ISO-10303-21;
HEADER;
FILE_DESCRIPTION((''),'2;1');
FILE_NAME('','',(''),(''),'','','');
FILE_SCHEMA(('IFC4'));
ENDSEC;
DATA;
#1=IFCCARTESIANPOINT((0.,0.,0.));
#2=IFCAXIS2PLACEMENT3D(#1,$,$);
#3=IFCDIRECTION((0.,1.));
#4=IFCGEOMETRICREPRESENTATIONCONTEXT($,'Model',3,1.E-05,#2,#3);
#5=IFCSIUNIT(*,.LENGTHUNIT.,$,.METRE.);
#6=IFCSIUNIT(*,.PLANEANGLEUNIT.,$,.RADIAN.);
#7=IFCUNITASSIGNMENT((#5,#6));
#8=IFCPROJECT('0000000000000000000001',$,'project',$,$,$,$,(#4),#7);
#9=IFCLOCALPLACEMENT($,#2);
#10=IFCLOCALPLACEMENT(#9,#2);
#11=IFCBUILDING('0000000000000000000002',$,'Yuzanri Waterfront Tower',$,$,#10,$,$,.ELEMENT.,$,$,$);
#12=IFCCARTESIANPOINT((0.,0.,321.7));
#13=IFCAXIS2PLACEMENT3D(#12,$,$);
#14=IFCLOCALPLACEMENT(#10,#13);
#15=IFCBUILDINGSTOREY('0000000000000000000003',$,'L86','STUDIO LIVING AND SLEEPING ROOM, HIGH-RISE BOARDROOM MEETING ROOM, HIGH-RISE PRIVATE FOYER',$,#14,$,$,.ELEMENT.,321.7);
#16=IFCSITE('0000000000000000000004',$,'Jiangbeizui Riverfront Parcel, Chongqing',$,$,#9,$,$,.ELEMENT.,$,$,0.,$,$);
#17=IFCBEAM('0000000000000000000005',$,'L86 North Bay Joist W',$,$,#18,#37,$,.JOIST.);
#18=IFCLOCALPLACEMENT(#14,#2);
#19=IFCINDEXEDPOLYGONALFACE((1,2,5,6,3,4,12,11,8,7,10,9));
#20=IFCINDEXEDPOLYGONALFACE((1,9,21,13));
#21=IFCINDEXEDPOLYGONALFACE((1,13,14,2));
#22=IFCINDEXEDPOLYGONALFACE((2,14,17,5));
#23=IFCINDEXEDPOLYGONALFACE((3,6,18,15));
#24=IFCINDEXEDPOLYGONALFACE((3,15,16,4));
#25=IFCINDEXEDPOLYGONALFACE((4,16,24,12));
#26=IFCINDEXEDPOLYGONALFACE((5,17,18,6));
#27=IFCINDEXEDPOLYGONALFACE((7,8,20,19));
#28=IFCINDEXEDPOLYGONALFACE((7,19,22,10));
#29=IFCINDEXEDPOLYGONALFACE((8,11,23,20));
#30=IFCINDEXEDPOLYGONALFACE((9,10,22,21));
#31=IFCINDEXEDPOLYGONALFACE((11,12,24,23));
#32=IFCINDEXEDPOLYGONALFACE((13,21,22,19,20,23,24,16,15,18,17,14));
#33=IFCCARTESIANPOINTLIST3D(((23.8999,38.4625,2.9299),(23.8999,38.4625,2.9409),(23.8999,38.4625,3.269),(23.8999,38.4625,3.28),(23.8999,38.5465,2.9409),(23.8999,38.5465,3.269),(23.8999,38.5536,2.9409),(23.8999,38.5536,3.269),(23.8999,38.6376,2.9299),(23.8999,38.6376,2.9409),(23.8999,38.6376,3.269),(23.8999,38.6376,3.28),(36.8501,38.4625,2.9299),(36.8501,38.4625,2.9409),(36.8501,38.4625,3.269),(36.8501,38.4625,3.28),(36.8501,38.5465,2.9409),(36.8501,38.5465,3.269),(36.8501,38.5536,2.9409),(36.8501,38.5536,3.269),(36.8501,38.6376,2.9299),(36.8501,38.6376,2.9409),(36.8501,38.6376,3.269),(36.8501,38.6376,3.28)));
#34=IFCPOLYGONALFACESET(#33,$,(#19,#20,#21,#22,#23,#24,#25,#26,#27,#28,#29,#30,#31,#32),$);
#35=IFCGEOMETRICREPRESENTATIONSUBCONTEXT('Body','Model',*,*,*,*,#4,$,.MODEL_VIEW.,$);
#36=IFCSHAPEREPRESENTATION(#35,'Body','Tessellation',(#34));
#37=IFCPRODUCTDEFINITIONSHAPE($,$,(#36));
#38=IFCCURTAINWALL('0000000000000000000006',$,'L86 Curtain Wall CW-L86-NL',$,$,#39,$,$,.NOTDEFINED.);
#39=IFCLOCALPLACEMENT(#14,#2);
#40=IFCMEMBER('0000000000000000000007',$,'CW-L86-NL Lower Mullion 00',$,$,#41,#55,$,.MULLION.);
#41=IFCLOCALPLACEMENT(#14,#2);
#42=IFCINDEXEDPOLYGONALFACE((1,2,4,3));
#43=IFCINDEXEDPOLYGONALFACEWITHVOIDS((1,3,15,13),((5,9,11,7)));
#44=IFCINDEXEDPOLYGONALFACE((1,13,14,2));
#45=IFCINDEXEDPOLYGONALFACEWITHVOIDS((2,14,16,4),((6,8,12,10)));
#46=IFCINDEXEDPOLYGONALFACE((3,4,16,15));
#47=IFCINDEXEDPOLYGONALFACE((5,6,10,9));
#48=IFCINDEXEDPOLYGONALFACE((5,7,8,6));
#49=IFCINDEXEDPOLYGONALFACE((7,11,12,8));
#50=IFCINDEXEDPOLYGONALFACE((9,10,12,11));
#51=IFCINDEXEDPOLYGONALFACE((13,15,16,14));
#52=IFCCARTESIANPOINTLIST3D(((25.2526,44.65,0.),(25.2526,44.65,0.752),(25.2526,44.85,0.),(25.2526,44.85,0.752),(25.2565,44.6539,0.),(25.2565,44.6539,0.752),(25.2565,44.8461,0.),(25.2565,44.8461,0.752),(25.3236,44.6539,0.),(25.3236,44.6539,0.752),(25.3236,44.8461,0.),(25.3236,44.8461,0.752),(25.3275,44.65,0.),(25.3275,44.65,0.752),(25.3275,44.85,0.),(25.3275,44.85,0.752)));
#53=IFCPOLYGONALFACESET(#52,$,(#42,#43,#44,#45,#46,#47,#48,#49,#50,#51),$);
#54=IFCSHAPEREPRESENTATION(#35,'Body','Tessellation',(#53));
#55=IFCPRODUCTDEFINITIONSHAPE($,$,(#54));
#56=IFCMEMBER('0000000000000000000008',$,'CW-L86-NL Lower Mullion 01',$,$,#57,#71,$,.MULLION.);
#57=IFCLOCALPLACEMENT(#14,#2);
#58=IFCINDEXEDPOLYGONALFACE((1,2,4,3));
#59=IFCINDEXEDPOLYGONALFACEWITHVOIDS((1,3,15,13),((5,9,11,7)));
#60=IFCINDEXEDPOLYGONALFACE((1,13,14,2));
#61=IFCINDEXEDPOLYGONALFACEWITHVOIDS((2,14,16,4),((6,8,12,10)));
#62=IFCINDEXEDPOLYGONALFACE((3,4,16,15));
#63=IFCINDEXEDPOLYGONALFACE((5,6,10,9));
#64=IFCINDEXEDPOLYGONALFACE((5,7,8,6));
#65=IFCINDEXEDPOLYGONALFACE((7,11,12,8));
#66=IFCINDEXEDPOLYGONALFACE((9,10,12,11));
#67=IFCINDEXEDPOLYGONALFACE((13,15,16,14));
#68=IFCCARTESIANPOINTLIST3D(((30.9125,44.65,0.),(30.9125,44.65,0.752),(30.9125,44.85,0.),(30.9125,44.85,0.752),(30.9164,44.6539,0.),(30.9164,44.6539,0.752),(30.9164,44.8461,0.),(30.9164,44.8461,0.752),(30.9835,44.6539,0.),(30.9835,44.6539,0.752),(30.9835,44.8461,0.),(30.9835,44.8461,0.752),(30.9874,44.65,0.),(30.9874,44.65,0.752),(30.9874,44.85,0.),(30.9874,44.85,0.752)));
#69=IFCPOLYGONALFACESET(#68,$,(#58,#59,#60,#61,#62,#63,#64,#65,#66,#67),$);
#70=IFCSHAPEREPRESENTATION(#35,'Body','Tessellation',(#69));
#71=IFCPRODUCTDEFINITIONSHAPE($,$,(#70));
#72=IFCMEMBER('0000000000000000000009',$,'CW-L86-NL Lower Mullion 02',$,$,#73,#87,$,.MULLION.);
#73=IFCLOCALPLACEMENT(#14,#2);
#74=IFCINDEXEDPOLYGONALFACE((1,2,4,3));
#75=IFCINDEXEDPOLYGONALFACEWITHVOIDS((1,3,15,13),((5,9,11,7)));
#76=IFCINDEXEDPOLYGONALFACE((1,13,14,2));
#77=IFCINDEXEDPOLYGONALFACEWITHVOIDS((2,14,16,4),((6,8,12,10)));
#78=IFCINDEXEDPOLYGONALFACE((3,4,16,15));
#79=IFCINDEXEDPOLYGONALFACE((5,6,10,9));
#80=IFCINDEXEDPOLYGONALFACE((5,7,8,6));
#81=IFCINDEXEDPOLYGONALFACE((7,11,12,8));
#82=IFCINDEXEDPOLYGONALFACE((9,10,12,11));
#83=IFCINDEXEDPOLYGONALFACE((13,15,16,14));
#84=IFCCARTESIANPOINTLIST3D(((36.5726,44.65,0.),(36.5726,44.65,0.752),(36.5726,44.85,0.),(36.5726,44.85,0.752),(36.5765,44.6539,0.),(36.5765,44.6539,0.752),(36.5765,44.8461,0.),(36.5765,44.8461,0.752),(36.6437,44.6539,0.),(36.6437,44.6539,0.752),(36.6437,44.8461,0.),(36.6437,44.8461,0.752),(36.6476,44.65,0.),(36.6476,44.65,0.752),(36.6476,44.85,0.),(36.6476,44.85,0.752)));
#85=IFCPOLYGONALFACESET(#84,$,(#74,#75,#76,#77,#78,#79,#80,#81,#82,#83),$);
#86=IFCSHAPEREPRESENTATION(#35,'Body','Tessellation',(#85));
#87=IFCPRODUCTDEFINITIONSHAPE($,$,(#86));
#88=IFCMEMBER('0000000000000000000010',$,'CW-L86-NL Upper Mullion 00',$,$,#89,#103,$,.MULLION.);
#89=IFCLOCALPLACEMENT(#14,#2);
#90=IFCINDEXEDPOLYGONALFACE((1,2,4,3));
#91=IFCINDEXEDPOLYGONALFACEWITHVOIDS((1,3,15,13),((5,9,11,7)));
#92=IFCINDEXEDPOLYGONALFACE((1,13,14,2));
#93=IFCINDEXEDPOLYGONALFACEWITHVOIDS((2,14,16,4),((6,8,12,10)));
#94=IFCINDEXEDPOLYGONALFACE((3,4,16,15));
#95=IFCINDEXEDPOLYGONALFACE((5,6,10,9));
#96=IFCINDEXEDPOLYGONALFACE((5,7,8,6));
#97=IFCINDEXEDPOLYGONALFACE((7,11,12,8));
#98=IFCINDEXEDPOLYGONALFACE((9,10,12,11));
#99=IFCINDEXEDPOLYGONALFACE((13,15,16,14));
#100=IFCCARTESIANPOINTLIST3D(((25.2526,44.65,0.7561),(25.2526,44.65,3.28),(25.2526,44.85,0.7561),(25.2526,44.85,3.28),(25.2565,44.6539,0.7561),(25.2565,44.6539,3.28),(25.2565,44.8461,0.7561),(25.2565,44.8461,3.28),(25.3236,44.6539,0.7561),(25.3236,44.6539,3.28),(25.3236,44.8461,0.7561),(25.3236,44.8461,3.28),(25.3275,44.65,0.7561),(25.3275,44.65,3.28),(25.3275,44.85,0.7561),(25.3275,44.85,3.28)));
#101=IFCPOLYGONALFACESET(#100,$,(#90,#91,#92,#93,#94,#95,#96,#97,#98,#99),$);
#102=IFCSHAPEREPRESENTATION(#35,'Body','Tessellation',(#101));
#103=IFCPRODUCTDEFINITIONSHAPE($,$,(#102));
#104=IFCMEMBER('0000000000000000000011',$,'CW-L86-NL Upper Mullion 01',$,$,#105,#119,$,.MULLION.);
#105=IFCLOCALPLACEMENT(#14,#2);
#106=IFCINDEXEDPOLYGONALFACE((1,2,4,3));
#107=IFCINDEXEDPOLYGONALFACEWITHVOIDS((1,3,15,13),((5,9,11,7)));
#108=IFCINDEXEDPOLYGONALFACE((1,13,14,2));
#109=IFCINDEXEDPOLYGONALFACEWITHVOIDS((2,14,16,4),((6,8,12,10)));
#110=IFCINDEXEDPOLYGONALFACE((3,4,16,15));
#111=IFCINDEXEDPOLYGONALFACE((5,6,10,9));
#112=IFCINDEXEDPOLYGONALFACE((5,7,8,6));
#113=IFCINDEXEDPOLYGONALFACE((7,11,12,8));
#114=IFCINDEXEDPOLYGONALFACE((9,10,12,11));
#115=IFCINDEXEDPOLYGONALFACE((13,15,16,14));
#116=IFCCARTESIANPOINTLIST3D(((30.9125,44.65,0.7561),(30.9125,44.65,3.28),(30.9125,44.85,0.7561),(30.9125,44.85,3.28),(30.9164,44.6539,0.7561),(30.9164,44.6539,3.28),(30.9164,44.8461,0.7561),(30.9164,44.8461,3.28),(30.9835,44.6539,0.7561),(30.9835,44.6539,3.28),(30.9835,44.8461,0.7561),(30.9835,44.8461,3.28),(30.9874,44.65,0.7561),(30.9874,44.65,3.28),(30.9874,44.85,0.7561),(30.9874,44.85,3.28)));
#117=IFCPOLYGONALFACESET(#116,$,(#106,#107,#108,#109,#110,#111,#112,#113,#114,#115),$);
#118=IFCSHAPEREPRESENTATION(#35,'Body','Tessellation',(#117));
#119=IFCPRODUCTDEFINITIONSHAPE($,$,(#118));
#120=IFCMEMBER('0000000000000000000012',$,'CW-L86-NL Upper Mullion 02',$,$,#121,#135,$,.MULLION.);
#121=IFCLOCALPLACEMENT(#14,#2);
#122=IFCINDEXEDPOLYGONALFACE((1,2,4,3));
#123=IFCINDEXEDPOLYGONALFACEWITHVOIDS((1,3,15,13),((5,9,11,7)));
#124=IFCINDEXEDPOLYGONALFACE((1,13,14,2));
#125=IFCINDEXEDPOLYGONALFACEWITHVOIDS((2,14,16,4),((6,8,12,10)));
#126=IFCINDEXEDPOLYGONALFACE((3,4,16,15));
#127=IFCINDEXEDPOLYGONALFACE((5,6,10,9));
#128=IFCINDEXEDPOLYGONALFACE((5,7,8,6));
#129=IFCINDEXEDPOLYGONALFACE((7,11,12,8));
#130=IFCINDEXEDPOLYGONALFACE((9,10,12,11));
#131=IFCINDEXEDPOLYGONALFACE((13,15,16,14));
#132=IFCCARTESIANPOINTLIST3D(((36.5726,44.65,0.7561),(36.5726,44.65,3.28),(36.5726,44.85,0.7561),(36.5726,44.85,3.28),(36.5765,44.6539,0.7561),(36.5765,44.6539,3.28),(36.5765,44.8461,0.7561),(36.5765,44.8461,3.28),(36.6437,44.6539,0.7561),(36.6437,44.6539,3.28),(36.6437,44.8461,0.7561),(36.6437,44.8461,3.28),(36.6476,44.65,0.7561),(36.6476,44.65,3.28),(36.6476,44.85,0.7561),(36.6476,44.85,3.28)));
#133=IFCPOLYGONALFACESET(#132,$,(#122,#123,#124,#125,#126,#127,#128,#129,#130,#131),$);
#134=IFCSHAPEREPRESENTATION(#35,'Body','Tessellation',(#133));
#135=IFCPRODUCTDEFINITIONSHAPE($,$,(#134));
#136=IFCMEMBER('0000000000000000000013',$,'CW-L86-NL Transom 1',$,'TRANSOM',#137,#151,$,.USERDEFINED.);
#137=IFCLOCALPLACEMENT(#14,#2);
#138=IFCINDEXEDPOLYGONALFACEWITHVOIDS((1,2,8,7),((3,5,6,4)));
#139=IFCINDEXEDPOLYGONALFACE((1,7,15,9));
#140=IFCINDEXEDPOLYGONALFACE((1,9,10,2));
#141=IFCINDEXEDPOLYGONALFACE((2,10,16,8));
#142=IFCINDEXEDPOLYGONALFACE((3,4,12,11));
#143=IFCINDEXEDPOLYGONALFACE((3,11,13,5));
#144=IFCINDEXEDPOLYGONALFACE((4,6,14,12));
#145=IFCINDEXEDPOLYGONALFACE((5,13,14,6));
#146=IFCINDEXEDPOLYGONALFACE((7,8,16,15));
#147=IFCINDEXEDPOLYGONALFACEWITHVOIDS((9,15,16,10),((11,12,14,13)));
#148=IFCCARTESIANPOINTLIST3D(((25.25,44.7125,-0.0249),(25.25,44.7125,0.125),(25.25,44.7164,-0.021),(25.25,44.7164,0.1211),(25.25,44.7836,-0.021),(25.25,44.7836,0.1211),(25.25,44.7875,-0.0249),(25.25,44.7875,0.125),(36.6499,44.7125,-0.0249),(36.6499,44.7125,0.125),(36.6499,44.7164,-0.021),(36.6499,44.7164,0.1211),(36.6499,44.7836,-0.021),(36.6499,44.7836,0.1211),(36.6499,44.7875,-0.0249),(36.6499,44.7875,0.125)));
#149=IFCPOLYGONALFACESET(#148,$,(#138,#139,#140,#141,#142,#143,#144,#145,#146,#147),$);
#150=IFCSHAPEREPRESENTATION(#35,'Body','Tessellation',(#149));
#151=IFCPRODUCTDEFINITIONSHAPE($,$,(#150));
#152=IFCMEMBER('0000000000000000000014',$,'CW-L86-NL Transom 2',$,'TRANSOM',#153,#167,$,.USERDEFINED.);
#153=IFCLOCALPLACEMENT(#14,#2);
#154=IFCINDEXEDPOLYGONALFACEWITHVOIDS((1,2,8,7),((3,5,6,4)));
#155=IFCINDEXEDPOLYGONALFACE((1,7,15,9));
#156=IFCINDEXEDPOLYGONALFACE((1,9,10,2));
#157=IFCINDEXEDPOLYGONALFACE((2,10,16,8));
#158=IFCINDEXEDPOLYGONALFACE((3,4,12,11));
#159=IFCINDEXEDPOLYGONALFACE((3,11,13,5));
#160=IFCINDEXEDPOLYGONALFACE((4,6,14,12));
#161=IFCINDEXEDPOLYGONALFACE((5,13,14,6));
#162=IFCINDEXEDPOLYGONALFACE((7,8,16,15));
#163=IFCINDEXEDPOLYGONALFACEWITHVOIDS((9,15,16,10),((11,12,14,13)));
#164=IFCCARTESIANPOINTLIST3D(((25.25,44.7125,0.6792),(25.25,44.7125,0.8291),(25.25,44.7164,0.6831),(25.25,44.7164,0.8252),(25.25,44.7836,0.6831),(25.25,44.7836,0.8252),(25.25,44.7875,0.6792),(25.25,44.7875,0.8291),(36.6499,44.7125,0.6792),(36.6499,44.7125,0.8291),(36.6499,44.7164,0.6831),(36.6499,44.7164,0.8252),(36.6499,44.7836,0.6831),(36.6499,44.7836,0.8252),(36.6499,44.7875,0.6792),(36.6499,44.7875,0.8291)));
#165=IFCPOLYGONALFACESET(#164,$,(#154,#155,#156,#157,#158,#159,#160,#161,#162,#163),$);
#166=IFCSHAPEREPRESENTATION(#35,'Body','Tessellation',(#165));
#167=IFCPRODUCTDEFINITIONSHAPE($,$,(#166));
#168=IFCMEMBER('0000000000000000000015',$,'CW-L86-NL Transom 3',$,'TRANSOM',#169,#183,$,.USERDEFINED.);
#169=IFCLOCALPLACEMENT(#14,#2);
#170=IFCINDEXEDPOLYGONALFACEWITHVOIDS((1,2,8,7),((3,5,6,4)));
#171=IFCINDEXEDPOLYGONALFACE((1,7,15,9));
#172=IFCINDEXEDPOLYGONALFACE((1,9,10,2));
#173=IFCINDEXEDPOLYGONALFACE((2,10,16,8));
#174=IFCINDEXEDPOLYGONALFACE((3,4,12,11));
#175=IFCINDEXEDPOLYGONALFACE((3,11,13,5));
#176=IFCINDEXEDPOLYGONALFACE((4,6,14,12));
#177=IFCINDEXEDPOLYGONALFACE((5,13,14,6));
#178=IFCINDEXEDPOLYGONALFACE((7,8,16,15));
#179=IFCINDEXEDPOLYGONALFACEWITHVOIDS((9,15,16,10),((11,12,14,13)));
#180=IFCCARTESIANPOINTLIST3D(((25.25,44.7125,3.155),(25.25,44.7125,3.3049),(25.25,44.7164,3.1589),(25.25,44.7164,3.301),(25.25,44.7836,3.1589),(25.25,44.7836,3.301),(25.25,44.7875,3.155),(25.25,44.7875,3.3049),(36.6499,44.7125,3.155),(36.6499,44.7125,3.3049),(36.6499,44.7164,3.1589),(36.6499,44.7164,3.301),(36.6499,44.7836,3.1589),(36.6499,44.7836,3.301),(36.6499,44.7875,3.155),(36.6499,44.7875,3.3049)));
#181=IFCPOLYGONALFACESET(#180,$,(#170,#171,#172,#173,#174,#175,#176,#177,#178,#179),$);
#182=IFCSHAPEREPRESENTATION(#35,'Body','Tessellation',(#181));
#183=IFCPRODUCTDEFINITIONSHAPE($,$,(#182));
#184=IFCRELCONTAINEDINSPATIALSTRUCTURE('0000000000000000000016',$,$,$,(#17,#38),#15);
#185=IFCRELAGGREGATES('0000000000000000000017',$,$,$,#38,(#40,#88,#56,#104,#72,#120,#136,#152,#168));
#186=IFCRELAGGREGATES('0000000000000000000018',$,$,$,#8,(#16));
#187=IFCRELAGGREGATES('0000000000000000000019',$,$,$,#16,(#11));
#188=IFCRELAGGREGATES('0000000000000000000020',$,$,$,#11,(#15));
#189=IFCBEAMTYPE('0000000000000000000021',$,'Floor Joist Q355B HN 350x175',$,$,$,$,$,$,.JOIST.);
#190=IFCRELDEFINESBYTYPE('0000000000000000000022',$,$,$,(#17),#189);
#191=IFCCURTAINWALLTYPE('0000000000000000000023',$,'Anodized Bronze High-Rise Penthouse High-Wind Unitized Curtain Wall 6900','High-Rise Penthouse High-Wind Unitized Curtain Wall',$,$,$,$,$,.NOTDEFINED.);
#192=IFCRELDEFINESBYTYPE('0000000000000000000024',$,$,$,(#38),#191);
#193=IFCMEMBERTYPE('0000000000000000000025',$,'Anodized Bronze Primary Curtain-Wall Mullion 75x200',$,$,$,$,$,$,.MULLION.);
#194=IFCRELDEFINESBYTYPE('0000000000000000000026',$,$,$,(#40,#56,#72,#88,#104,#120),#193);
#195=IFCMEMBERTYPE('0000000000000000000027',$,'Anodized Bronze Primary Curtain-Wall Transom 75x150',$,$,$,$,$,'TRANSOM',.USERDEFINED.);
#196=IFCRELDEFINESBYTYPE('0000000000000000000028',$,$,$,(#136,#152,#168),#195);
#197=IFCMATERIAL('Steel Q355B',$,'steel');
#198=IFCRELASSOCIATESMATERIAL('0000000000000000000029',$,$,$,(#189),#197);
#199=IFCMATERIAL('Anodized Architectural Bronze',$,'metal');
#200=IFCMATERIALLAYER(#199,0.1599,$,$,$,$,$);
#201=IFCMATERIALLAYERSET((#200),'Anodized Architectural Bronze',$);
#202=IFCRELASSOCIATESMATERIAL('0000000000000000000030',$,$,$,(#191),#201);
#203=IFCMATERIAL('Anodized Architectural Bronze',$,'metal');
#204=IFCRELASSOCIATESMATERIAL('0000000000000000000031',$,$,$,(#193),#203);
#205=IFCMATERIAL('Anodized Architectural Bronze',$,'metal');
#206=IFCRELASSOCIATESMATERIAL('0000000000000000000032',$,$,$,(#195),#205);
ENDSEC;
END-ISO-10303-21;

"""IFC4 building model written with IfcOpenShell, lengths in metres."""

from ifc_helpers import new_model, si_unit, direction, frame, origin, origin_2d, place, context, subcontext, project, spatial, hollow_rectangle, i_section, extrude, source, transform, mapped, material, layer, layer_set, material_profile, profile_set, type_object, element, aggregate, save


model = new_model("IFC4")

# Units and contexts
model_context = context("Model", 3, precision=1e-05, world=origin(), true_north=direction((0.0, 1.0)))
body_context = subcontext(model_context, "Body", "Model", "MODEL_VIEW")
ifc_project = project(units=[si_unit("LENGTHUNIT", "METRE"), si_unit("PLANEANGLEUNIT", "RADIAN")], contexts=[model_context])

# Site, building, storey
site_placement = place(None, origin())
site = spatial("IfcSite", under=ifc_project, at=site_placement, Name="Jiangbeizui Riverfront Parcel, Chongqing", CompositionType="ELEMENT", RefElevation=0.0)
building_placement = place(site_placement, origin())
building = spatial("IfcBuilding", under=site, at=building_placement, Name="Yuzanri Waterfront Tower", CompositionType="ELEMENT")
storey_placement = place(building_placement, frame((0.0, 0.0, 321.7)))
storey = spatial("IfcBuildingStorey", under=building, at=storey_placement, Name="L86", Description="STUDIO LIVING AND SLEEPING ROOM, HIGH-RISE BOARDROOM MEETING ROOM, HIGH-RISE PRIVATE FOYER", CompositionType="ELEMENT", Elevation=321.7)

# Beam
ifc_material_1 = material(Name="Steel Q355B", Category="steel")
ifc_material_profile_1 = material_profile(ifc_material_1, i_section(OverallWidth=0.175, OverallDepth=0.3501, WebThickness=0.0071, FlangeThickness=0.011, at=origin_2d()), Name="HN 350x175x7x11")
ifc_profile_set_1 = profile_set([ifc_material_profile_1], Name="Steel Q355B")
beam_type = type_object("IfcBeamType", Name="Floor Joist Q355B HN 350x175", PredefinedType="JOIST", material=ifc_profile_set_1)
shared_shape_1 = source(origin(), body_context, "Body", "SweptSolid", [
    extrude(i_section(OverallWidth=0.175, OverallDepth=0.3501, WebThickness=0.0071, FlangeThickness=0.011, at=origin_2d()), origin(), (0.0, 0.0, 1.0), 12.9502),
])
beam_placement = place(storey_placement, frame((23.8999, 38.55, 3.105), z_axis=(1.0, 0.0, 0.0), x_axis=(0.0, 1.0, 0.0)))
element("IfcBeam", 1, at=beam_placement, inside=storey, type_object=beam_type, Name="L86 North Bay Joist W", PredefinedType="JOIST", context=body_context, shape_type="MappedRepresentation", body=[
    mapped(shared_shape_1, transform((0.0, 0.0, 0.0), scale=1.0)),
])

# Curtain wall, members
ifc_material_2 = material(Name="Anodized Architectural Bronze", Category="metal")
ifc_layer_1 = layer(ifc_material_2, 0.1599)
ifc_layer_set_1 = layer_set([ifc_layer_1], Name="Anodized Architectural Bronze")
curtain_wall_type = type_object("IfcCurtainWallType", Name="Anodized Bronze High-Rise Penthouse High-Wind Unitized Curtain Wall 6900", Description="High-Rise Penthouse High-Wind Unitized Curtain Wall", PredefinedType="NOTDEFINED", material=ifc_layer_set_1)
curtain_wall_placement = place(storey_placement, origin())
curtain_wall = element("IfcCurtainWall", 2, at=curtain_wall_placement, inside=storey, type_object=curtain_wall_type, Name="L86 Curtain Wall CW-L86-NL", PredefinedType="NOTDEFINED")
ifc_material_3 = material(Name="Anodized Architectural Bronze", Category="metal")
ifc_material_profile_2 = material_profile(ifc_material_3, hollow_rectangle(XDim=0.075, YDim=0.2, WallThickness=0.0039, at=origin_2d()), Name="CWM 75x200")
ifc_profile_set_2 = profile_set([ifc_material_profile_2], Name="Anodized Architectural Bronze")
member_type_1 = type_object("IfcMemberType", Name="Anodized Bronze Primary Curtain-Wall Mullion 75x200", PredefinedType="MULLION", material=ifc_profile_set_2)
shared_shape_2 = source(origin(), body_context, "Body", "SweptSolid", [
    extrude(hollow_rectangle(XDim=0.075, YDim=0.2, WallThickness=0.0039, at=origin_2d()), origin(), (0.0, 0.0, 1.0), 0.752),
])
member_1_placement = place(storey_placement, frame((25.29, 44.75, 0.0), z_axis=(0.0, 0.0, 1.0), x_axis=(1.0, 0.0, 0.0)))
member_1 = element("IfcMember", 3, at=member_1_placement, type_object=member_type_1, Name="CW-L86-NL Lower Mullion 00", PredefinedType="MULLION", context=body_context, shape_type="MappedRepresentation", body=[
    mapped(shared_shape_2, transform((0.0, 0.0, 0.0), scale=1.0)),
])
member_2_placement = place(storey_placement, frame((30.95, 44.75, 0.0), z_axis=(0.0, 0.0, 1.0), x_axis=(1.0, 0.0, 0.0)))
member_2 = element("IfcMember", 4, at=member_2_placement, type_object=member_type_1, Name="CW-L86-NL Lower Mullion 01", PredefinedType="MULLION", context=body_context, shape_type="MappedRepresentation", body=[
    mapped(shared_shape_2, transform((0.0, 0.0, 0.0), scale=1.0)),
])
member_3_placement = place(storey_placement, frame((36.6101, 44.75, 0.0), z_axis=(0.0, 0.0, 1.0), x_axis=(1.0, 0.0, 0.0)))
member_3 = element("IfcMember", 5, at=member_3_placement, type_object=member_type_1, Name="CW-L86-NL Lower Mullion 02", PredefinedType="MULLION", context=body_context, shape_type="MappedRepresentation", body=[
    mapped(shared_shape_2, transform((0.0, 0.0, 0.0), scale=1.0)),
])
shared_shape_3 = source(origin(), body_context, "Body", "SweptSolid", [
    extrude(hollow_rectangle(XDim=0.075, YDim=0.2, WallThickness=0.0039, at=origin_2d()), origin(), (0.0, 0.0, 1.0), 2.5239),
])
member_4_placement = place(storey_placement, frame((25.29, 44.75, 0.7561), z_axis=(0.0, 0.0, 1.0), x_axis=(1.0, 0.0, 0.0)))
member_4 = element("IfcMember", 6, at=member_4_placement, type_object=member_type_1, Name="CW-L86-NL Upper Mullion 00", PredefinedType="MULLION", context=body_context, shape_type="MappedRepresentation", body=[
    mapped(shared_shape_3, transform((0.0, 0.0, 0.0), scale=1.0)),
])
member_5_placement = place(storey_placement, frame((30.95, 44.75, 0.7561), z_axis=(0.0, 0.0, 1.0), x_axis=(1.0, 0.0, 0.0)))
member_5 = element("IfcMember", 7, at=member_5_placement, type_object=member_type_1, Name="CW-L86-NL Upper Mullion 01", PredefinedType="MULLION", context=body_context, shape_type="MappedRepresentation", body=[
    mapped(shared_shape_3, transform((0.0, 0.0, 0.0), scale=1.0)),
])
member_6_placement = place(storey_placement, frame((36.6101, 44.75, 0.7561), z_axis=(0.0, 0.0, 1.0), x_axis=(1.0, 0.0, 0.0)))
member_6 = element("IfcMember", 8, at=member_6_placement, type_object=member_type_1, Name="CW-L86-NL Upper Mullion 02", PredefinedType="MULLION", context=body_context, shape_type="MappedRepresentation", body=[
    mapped(shared_shape_3, transform((0.0, 0.0, 0.0), scale=1.0)),
])
ifc_material_4 = material(Name="Anodized Architectural Bronze", Category="metal")
ifc_material_profile_3 = material_profile(ifc_material_4, hollow_rectangle(XDim=0.075, YDim=0.1499, WallThickness=0.0039, at=origin_2d()), Name="CWT 75x150")
ifc_profile_set_3 = profile_set([ifc_material_profile_3], Name="Anodized Architectural Bronze")
member_type_2 = type_object("IfcMemberType", Name="Anodized Bronze Primary Curtain-Wall Transom 75x150", ElementType="TRANSOM", PredefinedType="USERDEFINED", material=ifc_profile_set_3)
shared_shape_4 = source(origin(), body_context, "Body", "SweptSolid", [
    extrude(hollow_rectangle(XDim=0.075, YDim=0.1499, WallThickness=0.0039, at=origin_2d()), origin(), (0.0, 0.0, 1.0), 11.3999),
])
member_7_placement = place(storey_placement, frame((25.25, 44.75, 0.05), z_axis=(1.0, 0.0, 0.0), x_axis=(0.0, 1.0, 0.0)))
member_7 = element("IfcMember", 9, at=member_7_placement, type_object=member_type_2, Name="CW-L86-NL Transom 1", ObjectType="TRANSOM", PredefinedType="USERDEFINED", context=body_context, shape_type="MappedRepresentation", body=[
    mapped(shared_shape_4, transform((0.0, 0.0, 0.0), scale=1.0)),
])
member_8_placement = place(storey_placement, frame((25.25, 44.75, 0.7542), z_axis=(1.0, 0.0, 0.0), x_axis=(0.0, 1.0, 0.0)))
member_8 = element("IfcMember", 10, at=member_8_placement, type_object=member_type_2, Name="CW-L86-NL Transom 2", ObjectType="TRANSOM", PredefinedType="USERDEFINED", context=body_context, shape_type="MappedRepresentation", body=[
    mapped(shared_shape_4, transform((0.0, 0.0, 0.0), scale=1.0)),
])
member_9_placement = place(storey_placement, frame((25.25, 44.75, 3.23), z_axis=(1.0, 0.0, 0.0), x_axis=(0.0, 1.0, 0.0)))
member_9 = element("IfcMember", 11, at=member_9_placement, type_object=member_type_2, Name="CW-L86-NL Transom 3", ObjectType="TRANSOM", PredefinedType="USERDEFINED", context=body_context, shape_type="MappedRepresentation", body=[
    mapped(shared_shape_4, transform((0.0, 0.0, 0.0), scale=1.0)),
])
aggregate(curtain_wall, [member_1, member_4, member_2, member_5, member_3, member_6, member_7, member_8, member_9])

save(model, "model.ifc")
